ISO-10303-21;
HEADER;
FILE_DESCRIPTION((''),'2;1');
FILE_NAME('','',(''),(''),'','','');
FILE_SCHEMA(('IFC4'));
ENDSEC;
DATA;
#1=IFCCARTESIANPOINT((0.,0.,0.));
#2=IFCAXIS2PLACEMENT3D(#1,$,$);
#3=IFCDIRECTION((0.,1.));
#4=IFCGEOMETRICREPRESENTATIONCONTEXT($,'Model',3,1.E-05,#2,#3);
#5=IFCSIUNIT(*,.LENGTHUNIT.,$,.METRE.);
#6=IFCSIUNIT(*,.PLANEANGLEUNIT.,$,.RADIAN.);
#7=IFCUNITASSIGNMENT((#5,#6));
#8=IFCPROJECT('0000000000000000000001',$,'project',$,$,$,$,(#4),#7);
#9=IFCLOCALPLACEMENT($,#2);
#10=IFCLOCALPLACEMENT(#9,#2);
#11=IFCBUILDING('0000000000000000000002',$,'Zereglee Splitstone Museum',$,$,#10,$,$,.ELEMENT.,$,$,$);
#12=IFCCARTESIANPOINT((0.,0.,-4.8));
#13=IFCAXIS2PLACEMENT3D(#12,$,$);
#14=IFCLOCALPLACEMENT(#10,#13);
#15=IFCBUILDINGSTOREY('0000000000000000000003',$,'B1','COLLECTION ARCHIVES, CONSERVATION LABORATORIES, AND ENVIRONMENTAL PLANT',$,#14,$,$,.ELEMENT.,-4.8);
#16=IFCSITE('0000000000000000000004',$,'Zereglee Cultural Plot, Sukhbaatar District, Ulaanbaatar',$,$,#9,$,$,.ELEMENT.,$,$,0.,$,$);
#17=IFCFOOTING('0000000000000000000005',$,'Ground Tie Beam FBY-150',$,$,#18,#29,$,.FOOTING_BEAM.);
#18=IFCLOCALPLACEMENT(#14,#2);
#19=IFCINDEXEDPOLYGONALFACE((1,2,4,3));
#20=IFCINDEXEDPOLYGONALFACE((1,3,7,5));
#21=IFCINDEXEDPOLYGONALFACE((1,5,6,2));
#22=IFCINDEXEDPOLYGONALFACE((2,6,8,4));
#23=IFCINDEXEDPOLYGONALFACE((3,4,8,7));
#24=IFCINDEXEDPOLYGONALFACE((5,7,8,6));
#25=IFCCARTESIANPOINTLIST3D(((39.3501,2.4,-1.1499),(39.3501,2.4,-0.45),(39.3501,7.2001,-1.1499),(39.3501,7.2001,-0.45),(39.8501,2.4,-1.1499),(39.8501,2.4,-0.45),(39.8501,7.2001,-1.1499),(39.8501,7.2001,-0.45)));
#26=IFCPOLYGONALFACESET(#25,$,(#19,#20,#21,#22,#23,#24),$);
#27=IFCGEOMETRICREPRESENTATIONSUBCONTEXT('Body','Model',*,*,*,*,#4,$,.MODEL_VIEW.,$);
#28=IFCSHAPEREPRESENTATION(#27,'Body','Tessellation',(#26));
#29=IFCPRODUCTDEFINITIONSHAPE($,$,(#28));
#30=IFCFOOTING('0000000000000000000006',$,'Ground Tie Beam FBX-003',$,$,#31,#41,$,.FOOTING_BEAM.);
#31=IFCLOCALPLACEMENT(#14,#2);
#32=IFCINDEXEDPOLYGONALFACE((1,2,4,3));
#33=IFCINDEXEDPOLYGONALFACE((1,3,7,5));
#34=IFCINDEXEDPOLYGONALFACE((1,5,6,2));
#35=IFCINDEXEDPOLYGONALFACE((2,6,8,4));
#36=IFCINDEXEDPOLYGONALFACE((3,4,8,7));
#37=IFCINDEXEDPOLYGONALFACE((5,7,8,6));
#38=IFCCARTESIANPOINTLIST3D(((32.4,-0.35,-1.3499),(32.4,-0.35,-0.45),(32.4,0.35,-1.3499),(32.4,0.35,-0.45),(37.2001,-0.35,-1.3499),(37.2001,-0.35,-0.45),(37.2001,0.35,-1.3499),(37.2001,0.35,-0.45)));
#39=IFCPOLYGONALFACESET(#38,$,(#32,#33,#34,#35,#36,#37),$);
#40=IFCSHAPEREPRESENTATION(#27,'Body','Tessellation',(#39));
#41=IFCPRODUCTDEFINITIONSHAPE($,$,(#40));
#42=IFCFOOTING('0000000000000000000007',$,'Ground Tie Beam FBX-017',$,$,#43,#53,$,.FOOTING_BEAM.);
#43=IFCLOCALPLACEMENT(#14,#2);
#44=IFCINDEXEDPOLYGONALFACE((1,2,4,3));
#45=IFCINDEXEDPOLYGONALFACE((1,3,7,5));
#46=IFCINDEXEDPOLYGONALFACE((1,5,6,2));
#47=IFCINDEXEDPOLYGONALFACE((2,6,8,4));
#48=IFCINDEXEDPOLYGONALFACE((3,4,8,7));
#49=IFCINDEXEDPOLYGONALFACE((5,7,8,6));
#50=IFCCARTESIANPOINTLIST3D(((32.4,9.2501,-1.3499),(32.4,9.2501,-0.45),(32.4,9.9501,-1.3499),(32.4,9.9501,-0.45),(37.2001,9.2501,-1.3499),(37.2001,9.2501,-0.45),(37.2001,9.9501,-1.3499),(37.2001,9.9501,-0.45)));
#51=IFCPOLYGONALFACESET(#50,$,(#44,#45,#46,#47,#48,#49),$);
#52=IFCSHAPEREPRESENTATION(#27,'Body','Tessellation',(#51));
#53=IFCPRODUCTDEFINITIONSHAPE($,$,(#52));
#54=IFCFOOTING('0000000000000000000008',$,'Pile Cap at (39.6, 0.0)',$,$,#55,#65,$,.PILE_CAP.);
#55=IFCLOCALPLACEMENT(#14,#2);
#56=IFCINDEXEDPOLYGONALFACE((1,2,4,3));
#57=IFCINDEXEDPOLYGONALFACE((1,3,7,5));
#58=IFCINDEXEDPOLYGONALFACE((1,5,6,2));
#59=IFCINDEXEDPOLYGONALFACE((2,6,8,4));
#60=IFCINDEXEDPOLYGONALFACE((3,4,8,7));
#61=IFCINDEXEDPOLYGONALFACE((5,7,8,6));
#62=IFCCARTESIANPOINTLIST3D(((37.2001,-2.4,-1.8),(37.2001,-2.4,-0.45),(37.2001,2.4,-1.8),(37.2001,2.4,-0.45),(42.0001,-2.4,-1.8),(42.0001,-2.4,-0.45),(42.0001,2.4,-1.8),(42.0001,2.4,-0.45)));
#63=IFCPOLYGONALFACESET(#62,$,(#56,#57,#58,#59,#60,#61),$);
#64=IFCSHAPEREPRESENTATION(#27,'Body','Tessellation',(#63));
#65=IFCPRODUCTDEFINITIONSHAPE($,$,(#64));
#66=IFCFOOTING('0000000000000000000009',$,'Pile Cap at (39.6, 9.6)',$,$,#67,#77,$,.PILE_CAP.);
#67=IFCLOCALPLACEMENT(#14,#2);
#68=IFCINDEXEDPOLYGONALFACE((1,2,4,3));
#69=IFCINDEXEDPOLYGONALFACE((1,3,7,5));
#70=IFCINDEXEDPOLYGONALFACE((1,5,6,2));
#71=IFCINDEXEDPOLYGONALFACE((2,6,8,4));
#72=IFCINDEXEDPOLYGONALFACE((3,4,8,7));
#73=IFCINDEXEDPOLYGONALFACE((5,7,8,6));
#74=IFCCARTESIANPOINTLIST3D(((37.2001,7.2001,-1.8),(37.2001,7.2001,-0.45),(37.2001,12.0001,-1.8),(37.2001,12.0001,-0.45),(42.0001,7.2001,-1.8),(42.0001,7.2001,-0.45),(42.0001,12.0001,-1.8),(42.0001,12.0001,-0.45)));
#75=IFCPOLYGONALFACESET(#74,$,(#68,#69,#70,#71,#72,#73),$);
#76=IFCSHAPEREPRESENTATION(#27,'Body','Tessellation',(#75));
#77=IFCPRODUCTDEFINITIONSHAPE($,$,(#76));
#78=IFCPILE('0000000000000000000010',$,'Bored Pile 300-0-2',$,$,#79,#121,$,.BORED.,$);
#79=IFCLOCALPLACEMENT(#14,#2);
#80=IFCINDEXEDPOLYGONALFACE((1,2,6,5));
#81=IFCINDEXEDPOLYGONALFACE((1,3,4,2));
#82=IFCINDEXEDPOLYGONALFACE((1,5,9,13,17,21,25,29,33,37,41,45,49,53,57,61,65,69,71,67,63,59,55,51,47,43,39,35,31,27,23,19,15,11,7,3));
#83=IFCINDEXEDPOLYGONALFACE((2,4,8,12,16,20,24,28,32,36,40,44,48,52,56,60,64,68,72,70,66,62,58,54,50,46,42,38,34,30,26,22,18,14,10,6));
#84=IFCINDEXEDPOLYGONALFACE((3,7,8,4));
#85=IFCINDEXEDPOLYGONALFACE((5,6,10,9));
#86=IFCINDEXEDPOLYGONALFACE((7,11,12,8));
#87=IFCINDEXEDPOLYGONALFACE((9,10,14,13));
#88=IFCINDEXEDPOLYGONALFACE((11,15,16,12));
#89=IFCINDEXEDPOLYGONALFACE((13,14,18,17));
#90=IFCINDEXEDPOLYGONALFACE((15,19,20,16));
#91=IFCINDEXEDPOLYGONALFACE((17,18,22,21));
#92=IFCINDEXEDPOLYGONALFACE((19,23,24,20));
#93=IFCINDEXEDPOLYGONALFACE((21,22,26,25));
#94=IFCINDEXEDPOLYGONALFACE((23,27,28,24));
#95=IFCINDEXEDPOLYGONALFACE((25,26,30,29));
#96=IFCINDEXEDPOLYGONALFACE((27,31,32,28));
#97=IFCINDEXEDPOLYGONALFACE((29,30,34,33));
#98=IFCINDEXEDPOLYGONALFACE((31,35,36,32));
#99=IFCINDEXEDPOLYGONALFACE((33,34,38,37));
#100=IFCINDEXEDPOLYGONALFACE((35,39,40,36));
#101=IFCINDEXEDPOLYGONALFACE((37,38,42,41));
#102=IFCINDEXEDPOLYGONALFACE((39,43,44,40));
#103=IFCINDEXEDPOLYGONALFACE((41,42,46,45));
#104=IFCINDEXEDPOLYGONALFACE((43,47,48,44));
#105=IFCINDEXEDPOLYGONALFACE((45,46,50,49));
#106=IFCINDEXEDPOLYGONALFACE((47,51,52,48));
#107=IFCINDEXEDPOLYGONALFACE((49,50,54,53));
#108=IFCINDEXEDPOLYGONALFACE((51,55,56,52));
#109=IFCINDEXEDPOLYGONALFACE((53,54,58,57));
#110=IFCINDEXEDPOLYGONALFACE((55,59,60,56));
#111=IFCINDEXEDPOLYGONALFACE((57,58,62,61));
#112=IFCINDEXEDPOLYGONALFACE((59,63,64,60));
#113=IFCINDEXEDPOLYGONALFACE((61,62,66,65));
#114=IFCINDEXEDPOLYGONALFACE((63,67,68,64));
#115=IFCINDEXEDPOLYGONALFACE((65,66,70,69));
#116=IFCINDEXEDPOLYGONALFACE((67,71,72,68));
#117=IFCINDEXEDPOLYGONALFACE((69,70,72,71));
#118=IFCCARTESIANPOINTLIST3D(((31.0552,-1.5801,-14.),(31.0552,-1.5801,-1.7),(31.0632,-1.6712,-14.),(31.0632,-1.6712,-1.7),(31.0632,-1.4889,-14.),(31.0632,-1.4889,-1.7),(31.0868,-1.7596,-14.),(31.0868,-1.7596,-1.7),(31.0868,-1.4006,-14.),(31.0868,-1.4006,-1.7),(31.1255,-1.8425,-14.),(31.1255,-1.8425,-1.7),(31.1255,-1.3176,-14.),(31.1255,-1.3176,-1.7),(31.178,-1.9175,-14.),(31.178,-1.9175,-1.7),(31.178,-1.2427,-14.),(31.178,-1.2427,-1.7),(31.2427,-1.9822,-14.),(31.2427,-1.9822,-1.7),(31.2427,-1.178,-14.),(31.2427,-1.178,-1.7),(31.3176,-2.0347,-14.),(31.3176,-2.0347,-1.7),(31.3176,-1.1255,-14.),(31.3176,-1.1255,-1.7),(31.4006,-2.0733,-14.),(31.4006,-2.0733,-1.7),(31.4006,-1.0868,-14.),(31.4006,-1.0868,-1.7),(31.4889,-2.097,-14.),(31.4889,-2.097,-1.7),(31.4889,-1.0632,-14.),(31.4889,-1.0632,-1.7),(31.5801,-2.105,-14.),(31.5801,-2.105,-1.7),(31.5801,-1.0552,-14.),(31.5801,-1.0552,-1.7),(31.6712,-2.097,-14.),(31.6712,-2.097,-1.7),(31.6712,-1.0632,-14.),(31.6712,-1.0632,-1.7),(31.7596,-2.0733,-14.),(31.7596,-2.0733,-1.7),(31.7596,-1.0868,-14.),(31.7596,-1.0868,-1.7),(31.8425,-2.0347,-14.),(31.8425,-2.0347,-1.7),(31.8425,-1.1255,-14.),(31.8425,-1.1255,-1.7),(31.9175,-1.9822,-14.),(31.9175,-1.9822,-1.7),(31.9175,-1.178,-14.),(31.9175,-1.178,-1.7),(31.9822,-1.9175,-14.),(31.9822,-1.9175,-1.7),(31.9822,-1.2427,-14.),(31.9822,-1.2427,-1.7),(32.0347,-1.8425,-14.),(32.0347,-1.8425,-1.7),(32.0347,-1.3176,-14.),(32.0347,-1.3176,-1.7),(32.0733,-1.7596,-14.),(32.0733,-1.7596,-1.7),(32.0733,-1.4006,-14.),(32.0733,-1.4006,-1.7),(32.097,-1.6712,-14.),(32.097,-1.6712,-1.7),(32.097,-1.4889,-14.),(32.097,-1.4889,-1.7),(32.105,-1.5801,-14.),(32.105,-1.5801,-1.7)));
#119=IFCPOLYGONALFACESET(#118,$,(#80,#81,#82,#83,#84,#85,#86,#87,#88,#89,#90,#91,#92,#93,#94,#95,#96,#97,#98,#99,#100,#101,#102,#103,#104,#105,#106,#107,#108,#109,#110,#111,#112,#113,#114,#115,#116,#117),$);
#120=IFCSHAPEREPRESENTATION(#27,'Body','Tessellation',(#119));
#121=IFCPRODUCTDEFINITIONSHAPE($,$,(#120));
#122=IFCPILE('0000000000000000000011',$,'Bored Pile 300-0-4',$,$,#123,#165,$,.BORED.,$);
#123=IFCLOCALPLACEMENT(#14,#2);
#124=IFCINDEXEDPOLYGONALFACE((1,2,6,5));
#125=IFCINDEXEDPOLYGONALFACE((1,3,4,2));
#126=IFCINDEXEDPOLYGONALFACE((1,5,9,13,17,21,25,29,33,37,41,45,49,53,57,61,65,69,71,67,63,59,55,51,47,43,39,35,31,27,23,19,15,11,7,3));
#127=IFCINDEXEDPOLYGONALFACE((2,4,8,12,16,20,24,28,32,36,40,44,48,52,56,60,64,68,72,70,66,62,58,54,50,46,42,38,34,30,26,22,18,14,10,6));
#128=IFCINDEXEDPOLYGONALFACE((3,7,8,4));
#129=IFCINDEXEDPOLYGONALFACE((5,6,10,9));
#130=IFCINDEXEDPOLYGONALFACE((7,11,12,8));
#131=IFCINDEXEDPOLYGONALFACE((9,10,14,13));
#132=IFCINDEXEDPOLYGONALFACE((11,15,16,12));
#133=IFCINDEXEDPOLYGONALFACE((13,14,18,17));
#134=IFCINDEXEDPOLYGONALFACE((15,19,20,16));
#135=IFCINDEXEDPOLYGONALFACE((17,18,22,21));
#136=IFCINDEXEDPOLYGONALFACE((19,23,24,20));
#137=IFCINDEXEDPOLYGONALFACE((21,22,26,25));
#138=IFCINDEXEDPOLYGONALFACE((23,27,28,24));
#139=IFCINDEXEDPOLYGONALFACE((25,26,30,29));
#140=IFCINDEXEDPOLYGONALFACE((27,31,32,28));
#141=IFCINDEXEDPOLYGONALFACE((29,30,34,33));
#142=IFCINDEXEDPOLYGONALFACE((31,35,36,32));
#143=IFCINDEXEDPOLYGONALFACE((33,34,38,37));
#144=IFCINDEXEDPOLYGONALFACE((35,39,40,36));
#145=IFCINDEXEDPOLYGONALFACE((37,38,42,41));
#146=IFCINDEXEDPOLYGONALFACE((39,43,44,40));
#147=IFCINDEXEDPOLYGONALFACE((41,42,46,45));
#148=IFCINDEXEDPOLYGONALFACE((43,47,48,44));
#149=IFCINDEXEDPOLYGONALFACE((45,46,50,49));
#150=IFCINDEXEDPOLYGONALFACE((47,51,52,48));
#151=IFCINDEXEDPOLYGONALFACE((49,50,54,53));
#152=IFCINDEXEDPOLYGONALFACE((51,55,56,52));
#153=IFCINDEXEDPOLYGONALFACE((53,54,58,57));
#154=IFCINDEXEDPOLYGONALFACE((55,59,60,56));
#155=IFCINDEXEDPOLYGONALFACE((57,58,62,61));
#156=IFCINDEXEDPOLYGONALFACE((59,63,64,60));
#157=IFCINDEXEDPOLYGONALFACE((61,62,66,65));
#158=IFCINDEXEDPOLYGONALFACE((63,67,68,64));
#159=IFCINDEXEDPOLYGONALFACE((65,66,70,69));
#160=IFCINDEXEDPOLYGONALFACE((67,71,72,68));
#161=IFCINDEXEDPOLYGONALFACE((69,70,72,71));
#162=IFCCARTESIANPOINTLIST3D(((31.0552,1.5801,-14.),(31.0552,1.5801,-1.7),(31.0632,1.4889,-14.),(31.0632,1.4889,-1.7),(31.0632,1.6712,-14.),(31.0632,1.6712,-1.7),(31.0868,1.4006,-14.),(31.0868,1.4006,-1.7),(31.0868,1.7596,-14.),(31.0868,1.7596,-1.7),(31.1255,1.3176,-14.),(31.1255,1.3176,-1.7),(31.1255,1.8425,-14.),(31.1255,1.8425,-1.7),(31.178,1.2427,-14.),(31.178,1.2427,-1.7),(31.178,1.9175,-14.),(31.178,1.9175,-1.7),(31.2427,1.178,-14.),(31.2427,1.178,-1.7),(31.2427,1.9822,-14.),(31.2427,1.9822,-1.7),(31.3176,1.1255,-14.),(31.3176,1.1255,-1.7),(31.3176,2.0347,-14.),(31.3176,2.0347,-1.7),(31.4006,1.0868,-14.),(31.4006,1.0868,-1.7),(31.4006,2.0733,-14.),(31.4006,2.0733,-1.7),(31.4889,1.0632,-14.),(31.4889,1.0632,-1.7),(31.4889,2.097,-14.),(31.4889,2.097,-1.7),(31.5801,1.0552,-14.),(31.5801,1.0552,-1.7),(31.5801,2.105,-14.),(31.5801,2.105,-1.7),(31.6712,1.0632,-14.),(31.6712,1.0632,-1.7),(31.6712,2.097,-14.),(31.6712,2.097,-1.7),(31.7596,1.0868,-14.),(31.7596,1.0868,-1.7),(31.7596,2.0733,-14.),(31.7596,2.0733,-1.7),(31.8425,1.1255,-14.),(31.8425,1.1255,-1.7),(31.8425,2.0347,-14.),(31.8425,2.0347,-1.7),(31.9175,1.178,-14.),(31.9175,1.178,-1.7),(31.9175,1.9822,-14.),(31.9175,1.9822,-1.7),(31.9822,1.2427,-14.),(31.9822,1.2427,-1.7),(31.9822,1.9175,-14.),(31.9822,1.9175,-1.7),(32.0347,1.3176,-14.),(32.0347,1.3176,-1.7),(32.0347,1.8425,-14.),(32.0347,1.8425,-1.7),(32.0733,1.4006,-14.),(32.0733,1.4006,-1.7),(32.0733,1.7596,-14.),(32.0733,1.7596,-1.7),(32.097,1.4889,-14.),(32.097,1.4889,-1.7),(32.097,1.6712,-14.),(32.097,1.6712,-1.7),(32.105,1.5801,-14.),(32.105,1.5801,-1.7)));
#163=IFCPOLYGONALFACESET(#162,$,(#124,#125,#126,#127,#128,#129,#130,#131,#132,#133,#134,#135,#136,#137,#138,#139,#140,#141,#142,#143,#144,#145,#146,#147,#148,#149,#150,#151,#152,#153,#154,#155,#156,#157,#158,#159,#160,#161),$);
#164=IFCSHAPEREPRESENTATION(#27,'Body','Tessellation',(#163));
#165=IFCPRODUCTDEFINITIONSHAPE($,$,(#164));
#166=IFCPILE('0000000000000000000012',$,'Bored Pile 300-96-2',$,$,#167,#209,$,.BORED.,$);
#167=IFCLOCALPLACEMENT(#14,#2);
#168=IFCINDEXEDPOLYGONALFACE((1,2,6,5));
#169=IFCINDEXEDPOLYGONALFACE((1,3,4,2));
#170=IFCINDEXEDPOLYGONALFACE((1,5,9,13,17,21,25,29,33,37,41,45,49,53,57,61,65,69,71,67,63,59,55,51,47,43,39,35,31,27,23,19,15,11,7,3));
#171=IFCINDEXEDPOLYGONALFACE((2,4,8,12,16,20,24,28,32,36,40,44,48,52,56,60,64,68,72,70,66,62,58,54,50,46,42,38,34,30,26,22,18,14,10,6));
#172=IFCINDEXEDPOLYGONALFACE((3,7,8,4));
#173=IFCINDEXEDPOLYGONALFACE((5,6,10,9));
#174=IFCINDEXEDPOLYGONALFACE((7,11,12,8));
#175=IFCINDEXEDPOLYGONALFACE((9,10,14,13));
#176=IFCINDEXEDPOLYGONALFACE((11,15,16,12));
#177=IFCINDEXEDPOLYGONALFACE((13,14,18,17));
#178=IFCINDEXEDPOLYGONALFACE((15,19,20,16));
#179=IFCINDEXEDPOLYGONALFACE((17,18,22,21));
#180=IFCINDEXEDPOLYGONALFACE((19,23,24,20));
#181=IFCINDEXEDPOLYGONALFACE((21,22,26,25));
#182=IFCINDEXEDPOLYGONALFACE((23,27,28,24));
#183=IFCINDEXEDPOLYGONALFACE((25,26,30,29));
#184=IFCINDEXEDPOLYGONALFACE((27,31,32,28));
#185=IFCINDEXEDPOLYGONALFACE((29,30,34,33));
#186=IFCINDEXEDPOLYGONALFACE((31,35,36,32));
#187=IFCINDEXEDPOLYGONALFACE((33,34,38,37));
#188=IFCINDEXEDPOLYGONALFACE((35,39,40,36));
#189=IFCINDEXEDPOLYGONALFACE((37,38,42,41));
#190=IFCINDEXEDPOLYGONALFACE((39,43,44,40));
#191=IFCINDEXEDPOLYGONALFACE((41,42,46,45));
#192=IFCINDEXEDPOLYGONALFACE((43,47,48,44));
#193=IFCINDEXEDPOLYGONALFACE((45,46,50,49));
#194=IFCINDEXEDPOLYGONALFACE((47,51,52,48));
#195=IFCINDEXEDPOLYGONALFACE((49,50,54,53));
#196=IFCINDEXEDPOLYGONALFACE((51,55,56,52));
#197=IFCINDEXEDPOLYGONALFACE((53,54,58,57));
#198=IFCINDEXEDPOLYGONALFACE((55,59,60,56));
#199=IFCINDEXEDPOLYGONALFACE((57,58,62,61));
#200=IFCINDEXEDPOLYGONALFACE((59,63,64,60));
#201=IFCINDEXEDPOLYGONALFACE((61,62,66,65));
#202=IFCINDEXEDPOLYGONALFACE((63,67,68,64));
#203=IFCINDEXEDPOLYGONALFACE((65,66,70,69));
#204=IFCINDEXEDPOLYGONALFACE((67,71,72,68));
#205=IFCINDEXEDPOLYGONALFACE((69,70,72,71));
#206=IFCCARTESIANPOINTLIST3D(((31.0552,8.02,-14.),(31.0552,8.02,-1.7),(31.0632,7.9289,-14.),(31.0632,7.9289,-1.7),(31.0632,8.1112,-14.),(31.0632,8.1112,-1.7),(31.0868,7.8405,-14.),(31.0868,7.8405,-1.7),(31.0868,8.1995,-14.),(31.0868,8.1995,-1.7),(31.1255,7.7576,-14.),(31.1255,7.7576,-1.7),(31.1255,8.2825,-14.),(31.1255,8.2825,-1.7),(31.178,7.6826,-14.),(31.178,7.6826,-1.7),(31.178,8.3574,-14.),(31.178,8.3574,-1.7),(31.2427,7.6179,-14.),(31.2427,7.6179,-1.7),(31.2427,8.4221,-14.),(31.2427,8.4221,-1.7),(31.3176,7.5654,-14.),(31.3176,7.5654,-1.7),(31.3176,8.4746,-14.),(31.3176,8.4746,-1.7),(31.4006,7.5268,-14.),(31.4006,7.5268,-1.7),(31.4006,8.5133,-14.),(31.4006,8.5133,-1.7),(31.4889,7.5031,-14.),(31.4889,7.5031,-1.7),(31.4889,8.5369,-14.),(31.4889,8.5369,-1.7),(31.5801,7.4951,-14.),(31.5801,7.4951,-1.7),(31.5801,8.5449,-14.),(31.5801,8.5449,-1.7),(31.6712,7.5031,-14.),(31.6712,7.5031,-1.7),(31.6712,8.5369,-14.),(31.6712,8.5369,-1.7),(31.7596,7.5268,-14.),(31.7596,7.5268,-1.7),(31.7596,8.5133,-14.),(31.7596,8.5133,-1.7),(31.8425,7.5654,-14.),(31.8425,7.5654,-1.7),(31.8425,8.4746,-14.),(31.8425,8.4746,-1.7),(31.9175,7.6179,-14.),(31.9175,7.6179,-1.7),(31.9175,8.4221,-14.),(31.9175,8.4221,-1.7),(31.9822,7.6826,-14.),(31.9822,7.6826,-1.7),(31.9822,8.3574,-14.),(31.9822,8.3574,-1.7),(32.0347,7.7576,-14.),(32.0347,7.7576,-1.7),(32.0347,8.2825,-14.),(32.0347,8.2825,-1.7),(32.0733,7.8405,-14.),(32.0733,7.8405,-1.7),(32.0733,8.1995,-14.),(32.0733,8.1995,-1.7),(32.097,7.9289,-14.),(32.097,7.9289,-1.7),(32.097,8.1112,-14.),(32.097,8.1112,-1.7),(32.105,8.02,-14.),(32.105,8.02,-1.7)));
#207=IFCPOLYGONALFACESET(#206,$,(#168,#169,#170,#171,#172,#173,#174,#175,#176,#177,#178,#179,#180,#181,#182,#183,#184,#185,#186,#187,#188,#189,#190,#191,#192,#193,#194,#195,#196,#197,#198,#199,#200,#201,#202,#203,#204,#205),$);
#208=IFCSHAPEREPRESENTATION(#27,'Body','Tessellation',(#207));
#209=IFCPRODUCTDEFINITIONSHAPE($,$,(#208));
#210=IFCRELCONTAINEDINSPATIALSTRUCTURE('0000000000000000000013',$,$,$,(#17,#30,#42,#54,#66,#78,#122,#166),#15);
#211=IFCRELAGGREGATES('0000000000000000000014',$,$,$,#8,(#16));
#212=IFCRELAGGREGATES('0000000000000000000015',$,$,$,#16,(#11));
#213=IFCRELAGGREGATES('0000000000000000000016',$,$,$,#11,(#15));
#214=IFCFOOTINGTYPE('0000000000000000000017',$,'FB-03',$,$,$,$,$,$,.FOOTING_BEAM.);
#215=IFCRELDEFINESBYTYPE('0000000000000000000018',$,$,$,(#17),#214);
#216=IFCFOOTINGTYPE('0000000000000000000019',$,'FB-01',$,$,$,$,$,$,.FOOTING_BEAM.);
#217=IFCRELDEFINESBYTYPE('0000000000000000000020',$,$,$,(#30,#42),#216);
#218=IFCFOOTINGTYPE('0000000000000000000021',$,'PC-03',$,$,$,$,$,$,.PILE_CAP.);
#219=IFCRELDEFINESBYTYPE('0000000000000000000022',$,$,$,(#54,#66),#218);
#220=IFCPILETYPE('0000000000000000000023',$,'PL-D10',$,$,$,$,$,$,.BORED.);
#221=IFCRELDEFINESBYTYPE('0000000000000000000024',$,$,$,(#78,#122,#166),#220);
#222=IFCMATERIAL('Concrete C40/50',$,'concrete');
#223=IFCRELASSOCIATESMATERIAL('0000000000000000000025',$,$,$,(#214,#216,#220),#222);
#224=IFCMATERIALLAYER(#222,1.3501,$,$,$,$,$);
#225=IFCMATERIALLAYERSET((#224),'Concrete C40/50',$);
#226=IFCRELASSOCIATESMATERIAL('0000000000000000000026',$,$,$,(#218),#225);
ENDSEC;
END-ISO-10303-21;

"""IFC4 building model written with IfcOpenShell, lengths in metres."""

from ifc_helpers import new_model, si_unit, direction, frame, origin, origin_2d, place, context, subcontext, project, spatial, rectangle, circle, extrude, material, layer, layer_set, material_profile, profile_set, type_object, element, save


model = new_model("IFC4")

# Units and contexts
model_context = context("Model", 3, precision=1e-05, world=origin(), true_north=direction((0.0, 1.0)))
body_context = subcontext(model_context, "Body", "Model", "MODEL_VIEW")
ifc_project = project(units=[si_unit("LENGTHUNIT", "METRE"), si_unit("PLANEANGLEUNIT", "RADIAN")], contexts=[model_context])

# Site, building, storey
site_placement = place(None, origin())
site = spatial("IfcSite", under=ifc_project, at=site_placement, Name="Zereglee Cultural Plot, Sukhbaatar District, Ulaanbaatar", CompositionType="ELEMENT", RefElevation=0.0)
building_placement = place(site_placement, origin())
building = spatial("IfcBuilding", under=site, at=building_placement, Name="Zereglee Splitstone Museum", CompositionType="ELEMENT")
storey_placement = place(building_placement, frame((0.0, 0.0, -4.8)))
storey = spatial("IfcBuildingStorey", under=building, at=storey_placement, Name="B1", Description="COLLECTION ARCHIVES, CONSERVATION LABORATORIES, AND ENVIRONMENTAL PLANT", CompositionType="ELEMENT", Elevation=-4.8)

# Footings
ifc_material_1 = material(Name="Concrete C40/50", Category="concrete")
footing_type_1 = type_object("IfcFootingType", Name="FB-03", PredefinedType="FOOTING_BEAM", material=ifc_material_1)
footing_placement = place(storey_placement, frame((39.6001, 4.8, -1.1499), z_axis=(0.0, 0.0, 1.0), x_axis=(0.0, 1.0, 0.0)))
element("IfcFooting", 1, at=footing_placement, inside=storey, type_object=footing_type_1, Name="Ground Tie Beam FBY-150", PredefinedType="FOOTING_BEAM", context=body_context, shape_type="SweptSolid", body=[
    extrude(rectangle(XDim=4.8, YDim=0.5, at=origin_2d()), origin(), (0.0, 0.0, 1.0), 0.7),
])
footing_type_2 = type_object("IfcFootingType", Name="FB-01", PredefinedType="FOOTING_BEAM", material=ifc_material_1)
for number, where, z_axis, x_axis, name in (
    (2, (34.8, 0.0, -1.3499), (0.0, 0.0, 1.0), (1.0, 0.0, 0.0), "Ground Tie Beam FBX-003"),
    (3, (34.8, 9.6001, -1.3499), (0.0, 0.0, 1.0), (1.0, 0.0, 0.0), "Ground Tie Beam FBX-017"),
):
    element("IfcFooting", number, at=place(storey_placement, frame(where, z_axis=z_axis, x_axis=x_axis)), inside=storey, type_object=footing_type_2, Name=name, PredefinedType="FOOTING_BEAM", context=body_context, shape_type="SweptSolid", body=[
        extrude(rectangle(XDim=4.8, YDim=0.7, at=origin_2d()), origin(), (0.0, 0.0, 1.0), 0.8999),
    ])
ifc_layer_1 = layer(ifc_material_1, 1.3501)
ifc_layer_set_1 = layer_set([ifc_layer_1], Name="Concrete C40/50")
footing_type_3 = type_object("IfcFootingType", Name="PC-03", PredefinedType="PILE_CAP", material=ifc_layer_set_1)
for number, where, z_axis, x_axis, name in (
    (4, (39.6001, 0.0, -1.8), (0.0, 0.0, 1.0), (1.0, 0.0, 0.0), "Pile Cap at (39.6, 0.0)"),
    (5, (39.6001, 9.6001, -1.8), (0.0, 0.0, 1.0), (1.0, 0.0, 0.0), "Pile Cap at (39.6, 9.6)"),
):
    element("IfcFooting", number, at=place(storey_placement, frame(where, z_axis=z_axis, x_axis=x_axis)), inside=storey, type_object=footing_type_3, Name=name, PredefinedType="PILE_CAP", context=body_context, shape_type="SweptSolid", body=[
        extrude(rectangle(XDim=4.8, YDim=4.8, at=origin_2d()), origin(), (0.0, 0.0, 1.0), 1.3501),
    ])

# Piles
ifc_material_profile_1 = material_profile(ifc_material_1, circle(Radius=0.5249, at=origin_2d()), Name="PILE D1050")
ifc_profile_set_1 = profile_set([ifc_material_profile_1], Name="Concrete C40/50")
pile_type = type_object("IfcPileType", Name="PL-D10", PredefinedType="BORED", material=ifc_profile_set_1)
for number, where, z_axis, x_axis, name in (
    (6, (31.5801, -1.5801, -1.7), (0.0, 0.0, -1.0), (1.0, 0.0, 0.0), "Bored Pile 300-0-2"),
    (7, (31.5801, 1.5801, -1.7), (0.0, 0.0, -1.0), (1.0, 0.0, 0.0), "Bored Pile 300-0-4"),
    (8, (31.5801, 8.02, -1.7), (0.0, 0.0, -1.0), (1.0, 0.0, 0.0), "Bored Pile 300-96-2"),
):
    element("IfcPile", number, at=place(storey_placement, frame(where, z_axis=z_axis, x_axis=x_axis)), inside=storey, type_object=pile_type, Name=name, PredefinedType="BORED", context=body_context, shape_type="SweptSolid", body=[
        extrude(circle(Radius=0.5249, at=origin_2d()), origin(), (0.0, 0.0, 1.0), 12.3),
    ])

save(model, "model.ifc")
